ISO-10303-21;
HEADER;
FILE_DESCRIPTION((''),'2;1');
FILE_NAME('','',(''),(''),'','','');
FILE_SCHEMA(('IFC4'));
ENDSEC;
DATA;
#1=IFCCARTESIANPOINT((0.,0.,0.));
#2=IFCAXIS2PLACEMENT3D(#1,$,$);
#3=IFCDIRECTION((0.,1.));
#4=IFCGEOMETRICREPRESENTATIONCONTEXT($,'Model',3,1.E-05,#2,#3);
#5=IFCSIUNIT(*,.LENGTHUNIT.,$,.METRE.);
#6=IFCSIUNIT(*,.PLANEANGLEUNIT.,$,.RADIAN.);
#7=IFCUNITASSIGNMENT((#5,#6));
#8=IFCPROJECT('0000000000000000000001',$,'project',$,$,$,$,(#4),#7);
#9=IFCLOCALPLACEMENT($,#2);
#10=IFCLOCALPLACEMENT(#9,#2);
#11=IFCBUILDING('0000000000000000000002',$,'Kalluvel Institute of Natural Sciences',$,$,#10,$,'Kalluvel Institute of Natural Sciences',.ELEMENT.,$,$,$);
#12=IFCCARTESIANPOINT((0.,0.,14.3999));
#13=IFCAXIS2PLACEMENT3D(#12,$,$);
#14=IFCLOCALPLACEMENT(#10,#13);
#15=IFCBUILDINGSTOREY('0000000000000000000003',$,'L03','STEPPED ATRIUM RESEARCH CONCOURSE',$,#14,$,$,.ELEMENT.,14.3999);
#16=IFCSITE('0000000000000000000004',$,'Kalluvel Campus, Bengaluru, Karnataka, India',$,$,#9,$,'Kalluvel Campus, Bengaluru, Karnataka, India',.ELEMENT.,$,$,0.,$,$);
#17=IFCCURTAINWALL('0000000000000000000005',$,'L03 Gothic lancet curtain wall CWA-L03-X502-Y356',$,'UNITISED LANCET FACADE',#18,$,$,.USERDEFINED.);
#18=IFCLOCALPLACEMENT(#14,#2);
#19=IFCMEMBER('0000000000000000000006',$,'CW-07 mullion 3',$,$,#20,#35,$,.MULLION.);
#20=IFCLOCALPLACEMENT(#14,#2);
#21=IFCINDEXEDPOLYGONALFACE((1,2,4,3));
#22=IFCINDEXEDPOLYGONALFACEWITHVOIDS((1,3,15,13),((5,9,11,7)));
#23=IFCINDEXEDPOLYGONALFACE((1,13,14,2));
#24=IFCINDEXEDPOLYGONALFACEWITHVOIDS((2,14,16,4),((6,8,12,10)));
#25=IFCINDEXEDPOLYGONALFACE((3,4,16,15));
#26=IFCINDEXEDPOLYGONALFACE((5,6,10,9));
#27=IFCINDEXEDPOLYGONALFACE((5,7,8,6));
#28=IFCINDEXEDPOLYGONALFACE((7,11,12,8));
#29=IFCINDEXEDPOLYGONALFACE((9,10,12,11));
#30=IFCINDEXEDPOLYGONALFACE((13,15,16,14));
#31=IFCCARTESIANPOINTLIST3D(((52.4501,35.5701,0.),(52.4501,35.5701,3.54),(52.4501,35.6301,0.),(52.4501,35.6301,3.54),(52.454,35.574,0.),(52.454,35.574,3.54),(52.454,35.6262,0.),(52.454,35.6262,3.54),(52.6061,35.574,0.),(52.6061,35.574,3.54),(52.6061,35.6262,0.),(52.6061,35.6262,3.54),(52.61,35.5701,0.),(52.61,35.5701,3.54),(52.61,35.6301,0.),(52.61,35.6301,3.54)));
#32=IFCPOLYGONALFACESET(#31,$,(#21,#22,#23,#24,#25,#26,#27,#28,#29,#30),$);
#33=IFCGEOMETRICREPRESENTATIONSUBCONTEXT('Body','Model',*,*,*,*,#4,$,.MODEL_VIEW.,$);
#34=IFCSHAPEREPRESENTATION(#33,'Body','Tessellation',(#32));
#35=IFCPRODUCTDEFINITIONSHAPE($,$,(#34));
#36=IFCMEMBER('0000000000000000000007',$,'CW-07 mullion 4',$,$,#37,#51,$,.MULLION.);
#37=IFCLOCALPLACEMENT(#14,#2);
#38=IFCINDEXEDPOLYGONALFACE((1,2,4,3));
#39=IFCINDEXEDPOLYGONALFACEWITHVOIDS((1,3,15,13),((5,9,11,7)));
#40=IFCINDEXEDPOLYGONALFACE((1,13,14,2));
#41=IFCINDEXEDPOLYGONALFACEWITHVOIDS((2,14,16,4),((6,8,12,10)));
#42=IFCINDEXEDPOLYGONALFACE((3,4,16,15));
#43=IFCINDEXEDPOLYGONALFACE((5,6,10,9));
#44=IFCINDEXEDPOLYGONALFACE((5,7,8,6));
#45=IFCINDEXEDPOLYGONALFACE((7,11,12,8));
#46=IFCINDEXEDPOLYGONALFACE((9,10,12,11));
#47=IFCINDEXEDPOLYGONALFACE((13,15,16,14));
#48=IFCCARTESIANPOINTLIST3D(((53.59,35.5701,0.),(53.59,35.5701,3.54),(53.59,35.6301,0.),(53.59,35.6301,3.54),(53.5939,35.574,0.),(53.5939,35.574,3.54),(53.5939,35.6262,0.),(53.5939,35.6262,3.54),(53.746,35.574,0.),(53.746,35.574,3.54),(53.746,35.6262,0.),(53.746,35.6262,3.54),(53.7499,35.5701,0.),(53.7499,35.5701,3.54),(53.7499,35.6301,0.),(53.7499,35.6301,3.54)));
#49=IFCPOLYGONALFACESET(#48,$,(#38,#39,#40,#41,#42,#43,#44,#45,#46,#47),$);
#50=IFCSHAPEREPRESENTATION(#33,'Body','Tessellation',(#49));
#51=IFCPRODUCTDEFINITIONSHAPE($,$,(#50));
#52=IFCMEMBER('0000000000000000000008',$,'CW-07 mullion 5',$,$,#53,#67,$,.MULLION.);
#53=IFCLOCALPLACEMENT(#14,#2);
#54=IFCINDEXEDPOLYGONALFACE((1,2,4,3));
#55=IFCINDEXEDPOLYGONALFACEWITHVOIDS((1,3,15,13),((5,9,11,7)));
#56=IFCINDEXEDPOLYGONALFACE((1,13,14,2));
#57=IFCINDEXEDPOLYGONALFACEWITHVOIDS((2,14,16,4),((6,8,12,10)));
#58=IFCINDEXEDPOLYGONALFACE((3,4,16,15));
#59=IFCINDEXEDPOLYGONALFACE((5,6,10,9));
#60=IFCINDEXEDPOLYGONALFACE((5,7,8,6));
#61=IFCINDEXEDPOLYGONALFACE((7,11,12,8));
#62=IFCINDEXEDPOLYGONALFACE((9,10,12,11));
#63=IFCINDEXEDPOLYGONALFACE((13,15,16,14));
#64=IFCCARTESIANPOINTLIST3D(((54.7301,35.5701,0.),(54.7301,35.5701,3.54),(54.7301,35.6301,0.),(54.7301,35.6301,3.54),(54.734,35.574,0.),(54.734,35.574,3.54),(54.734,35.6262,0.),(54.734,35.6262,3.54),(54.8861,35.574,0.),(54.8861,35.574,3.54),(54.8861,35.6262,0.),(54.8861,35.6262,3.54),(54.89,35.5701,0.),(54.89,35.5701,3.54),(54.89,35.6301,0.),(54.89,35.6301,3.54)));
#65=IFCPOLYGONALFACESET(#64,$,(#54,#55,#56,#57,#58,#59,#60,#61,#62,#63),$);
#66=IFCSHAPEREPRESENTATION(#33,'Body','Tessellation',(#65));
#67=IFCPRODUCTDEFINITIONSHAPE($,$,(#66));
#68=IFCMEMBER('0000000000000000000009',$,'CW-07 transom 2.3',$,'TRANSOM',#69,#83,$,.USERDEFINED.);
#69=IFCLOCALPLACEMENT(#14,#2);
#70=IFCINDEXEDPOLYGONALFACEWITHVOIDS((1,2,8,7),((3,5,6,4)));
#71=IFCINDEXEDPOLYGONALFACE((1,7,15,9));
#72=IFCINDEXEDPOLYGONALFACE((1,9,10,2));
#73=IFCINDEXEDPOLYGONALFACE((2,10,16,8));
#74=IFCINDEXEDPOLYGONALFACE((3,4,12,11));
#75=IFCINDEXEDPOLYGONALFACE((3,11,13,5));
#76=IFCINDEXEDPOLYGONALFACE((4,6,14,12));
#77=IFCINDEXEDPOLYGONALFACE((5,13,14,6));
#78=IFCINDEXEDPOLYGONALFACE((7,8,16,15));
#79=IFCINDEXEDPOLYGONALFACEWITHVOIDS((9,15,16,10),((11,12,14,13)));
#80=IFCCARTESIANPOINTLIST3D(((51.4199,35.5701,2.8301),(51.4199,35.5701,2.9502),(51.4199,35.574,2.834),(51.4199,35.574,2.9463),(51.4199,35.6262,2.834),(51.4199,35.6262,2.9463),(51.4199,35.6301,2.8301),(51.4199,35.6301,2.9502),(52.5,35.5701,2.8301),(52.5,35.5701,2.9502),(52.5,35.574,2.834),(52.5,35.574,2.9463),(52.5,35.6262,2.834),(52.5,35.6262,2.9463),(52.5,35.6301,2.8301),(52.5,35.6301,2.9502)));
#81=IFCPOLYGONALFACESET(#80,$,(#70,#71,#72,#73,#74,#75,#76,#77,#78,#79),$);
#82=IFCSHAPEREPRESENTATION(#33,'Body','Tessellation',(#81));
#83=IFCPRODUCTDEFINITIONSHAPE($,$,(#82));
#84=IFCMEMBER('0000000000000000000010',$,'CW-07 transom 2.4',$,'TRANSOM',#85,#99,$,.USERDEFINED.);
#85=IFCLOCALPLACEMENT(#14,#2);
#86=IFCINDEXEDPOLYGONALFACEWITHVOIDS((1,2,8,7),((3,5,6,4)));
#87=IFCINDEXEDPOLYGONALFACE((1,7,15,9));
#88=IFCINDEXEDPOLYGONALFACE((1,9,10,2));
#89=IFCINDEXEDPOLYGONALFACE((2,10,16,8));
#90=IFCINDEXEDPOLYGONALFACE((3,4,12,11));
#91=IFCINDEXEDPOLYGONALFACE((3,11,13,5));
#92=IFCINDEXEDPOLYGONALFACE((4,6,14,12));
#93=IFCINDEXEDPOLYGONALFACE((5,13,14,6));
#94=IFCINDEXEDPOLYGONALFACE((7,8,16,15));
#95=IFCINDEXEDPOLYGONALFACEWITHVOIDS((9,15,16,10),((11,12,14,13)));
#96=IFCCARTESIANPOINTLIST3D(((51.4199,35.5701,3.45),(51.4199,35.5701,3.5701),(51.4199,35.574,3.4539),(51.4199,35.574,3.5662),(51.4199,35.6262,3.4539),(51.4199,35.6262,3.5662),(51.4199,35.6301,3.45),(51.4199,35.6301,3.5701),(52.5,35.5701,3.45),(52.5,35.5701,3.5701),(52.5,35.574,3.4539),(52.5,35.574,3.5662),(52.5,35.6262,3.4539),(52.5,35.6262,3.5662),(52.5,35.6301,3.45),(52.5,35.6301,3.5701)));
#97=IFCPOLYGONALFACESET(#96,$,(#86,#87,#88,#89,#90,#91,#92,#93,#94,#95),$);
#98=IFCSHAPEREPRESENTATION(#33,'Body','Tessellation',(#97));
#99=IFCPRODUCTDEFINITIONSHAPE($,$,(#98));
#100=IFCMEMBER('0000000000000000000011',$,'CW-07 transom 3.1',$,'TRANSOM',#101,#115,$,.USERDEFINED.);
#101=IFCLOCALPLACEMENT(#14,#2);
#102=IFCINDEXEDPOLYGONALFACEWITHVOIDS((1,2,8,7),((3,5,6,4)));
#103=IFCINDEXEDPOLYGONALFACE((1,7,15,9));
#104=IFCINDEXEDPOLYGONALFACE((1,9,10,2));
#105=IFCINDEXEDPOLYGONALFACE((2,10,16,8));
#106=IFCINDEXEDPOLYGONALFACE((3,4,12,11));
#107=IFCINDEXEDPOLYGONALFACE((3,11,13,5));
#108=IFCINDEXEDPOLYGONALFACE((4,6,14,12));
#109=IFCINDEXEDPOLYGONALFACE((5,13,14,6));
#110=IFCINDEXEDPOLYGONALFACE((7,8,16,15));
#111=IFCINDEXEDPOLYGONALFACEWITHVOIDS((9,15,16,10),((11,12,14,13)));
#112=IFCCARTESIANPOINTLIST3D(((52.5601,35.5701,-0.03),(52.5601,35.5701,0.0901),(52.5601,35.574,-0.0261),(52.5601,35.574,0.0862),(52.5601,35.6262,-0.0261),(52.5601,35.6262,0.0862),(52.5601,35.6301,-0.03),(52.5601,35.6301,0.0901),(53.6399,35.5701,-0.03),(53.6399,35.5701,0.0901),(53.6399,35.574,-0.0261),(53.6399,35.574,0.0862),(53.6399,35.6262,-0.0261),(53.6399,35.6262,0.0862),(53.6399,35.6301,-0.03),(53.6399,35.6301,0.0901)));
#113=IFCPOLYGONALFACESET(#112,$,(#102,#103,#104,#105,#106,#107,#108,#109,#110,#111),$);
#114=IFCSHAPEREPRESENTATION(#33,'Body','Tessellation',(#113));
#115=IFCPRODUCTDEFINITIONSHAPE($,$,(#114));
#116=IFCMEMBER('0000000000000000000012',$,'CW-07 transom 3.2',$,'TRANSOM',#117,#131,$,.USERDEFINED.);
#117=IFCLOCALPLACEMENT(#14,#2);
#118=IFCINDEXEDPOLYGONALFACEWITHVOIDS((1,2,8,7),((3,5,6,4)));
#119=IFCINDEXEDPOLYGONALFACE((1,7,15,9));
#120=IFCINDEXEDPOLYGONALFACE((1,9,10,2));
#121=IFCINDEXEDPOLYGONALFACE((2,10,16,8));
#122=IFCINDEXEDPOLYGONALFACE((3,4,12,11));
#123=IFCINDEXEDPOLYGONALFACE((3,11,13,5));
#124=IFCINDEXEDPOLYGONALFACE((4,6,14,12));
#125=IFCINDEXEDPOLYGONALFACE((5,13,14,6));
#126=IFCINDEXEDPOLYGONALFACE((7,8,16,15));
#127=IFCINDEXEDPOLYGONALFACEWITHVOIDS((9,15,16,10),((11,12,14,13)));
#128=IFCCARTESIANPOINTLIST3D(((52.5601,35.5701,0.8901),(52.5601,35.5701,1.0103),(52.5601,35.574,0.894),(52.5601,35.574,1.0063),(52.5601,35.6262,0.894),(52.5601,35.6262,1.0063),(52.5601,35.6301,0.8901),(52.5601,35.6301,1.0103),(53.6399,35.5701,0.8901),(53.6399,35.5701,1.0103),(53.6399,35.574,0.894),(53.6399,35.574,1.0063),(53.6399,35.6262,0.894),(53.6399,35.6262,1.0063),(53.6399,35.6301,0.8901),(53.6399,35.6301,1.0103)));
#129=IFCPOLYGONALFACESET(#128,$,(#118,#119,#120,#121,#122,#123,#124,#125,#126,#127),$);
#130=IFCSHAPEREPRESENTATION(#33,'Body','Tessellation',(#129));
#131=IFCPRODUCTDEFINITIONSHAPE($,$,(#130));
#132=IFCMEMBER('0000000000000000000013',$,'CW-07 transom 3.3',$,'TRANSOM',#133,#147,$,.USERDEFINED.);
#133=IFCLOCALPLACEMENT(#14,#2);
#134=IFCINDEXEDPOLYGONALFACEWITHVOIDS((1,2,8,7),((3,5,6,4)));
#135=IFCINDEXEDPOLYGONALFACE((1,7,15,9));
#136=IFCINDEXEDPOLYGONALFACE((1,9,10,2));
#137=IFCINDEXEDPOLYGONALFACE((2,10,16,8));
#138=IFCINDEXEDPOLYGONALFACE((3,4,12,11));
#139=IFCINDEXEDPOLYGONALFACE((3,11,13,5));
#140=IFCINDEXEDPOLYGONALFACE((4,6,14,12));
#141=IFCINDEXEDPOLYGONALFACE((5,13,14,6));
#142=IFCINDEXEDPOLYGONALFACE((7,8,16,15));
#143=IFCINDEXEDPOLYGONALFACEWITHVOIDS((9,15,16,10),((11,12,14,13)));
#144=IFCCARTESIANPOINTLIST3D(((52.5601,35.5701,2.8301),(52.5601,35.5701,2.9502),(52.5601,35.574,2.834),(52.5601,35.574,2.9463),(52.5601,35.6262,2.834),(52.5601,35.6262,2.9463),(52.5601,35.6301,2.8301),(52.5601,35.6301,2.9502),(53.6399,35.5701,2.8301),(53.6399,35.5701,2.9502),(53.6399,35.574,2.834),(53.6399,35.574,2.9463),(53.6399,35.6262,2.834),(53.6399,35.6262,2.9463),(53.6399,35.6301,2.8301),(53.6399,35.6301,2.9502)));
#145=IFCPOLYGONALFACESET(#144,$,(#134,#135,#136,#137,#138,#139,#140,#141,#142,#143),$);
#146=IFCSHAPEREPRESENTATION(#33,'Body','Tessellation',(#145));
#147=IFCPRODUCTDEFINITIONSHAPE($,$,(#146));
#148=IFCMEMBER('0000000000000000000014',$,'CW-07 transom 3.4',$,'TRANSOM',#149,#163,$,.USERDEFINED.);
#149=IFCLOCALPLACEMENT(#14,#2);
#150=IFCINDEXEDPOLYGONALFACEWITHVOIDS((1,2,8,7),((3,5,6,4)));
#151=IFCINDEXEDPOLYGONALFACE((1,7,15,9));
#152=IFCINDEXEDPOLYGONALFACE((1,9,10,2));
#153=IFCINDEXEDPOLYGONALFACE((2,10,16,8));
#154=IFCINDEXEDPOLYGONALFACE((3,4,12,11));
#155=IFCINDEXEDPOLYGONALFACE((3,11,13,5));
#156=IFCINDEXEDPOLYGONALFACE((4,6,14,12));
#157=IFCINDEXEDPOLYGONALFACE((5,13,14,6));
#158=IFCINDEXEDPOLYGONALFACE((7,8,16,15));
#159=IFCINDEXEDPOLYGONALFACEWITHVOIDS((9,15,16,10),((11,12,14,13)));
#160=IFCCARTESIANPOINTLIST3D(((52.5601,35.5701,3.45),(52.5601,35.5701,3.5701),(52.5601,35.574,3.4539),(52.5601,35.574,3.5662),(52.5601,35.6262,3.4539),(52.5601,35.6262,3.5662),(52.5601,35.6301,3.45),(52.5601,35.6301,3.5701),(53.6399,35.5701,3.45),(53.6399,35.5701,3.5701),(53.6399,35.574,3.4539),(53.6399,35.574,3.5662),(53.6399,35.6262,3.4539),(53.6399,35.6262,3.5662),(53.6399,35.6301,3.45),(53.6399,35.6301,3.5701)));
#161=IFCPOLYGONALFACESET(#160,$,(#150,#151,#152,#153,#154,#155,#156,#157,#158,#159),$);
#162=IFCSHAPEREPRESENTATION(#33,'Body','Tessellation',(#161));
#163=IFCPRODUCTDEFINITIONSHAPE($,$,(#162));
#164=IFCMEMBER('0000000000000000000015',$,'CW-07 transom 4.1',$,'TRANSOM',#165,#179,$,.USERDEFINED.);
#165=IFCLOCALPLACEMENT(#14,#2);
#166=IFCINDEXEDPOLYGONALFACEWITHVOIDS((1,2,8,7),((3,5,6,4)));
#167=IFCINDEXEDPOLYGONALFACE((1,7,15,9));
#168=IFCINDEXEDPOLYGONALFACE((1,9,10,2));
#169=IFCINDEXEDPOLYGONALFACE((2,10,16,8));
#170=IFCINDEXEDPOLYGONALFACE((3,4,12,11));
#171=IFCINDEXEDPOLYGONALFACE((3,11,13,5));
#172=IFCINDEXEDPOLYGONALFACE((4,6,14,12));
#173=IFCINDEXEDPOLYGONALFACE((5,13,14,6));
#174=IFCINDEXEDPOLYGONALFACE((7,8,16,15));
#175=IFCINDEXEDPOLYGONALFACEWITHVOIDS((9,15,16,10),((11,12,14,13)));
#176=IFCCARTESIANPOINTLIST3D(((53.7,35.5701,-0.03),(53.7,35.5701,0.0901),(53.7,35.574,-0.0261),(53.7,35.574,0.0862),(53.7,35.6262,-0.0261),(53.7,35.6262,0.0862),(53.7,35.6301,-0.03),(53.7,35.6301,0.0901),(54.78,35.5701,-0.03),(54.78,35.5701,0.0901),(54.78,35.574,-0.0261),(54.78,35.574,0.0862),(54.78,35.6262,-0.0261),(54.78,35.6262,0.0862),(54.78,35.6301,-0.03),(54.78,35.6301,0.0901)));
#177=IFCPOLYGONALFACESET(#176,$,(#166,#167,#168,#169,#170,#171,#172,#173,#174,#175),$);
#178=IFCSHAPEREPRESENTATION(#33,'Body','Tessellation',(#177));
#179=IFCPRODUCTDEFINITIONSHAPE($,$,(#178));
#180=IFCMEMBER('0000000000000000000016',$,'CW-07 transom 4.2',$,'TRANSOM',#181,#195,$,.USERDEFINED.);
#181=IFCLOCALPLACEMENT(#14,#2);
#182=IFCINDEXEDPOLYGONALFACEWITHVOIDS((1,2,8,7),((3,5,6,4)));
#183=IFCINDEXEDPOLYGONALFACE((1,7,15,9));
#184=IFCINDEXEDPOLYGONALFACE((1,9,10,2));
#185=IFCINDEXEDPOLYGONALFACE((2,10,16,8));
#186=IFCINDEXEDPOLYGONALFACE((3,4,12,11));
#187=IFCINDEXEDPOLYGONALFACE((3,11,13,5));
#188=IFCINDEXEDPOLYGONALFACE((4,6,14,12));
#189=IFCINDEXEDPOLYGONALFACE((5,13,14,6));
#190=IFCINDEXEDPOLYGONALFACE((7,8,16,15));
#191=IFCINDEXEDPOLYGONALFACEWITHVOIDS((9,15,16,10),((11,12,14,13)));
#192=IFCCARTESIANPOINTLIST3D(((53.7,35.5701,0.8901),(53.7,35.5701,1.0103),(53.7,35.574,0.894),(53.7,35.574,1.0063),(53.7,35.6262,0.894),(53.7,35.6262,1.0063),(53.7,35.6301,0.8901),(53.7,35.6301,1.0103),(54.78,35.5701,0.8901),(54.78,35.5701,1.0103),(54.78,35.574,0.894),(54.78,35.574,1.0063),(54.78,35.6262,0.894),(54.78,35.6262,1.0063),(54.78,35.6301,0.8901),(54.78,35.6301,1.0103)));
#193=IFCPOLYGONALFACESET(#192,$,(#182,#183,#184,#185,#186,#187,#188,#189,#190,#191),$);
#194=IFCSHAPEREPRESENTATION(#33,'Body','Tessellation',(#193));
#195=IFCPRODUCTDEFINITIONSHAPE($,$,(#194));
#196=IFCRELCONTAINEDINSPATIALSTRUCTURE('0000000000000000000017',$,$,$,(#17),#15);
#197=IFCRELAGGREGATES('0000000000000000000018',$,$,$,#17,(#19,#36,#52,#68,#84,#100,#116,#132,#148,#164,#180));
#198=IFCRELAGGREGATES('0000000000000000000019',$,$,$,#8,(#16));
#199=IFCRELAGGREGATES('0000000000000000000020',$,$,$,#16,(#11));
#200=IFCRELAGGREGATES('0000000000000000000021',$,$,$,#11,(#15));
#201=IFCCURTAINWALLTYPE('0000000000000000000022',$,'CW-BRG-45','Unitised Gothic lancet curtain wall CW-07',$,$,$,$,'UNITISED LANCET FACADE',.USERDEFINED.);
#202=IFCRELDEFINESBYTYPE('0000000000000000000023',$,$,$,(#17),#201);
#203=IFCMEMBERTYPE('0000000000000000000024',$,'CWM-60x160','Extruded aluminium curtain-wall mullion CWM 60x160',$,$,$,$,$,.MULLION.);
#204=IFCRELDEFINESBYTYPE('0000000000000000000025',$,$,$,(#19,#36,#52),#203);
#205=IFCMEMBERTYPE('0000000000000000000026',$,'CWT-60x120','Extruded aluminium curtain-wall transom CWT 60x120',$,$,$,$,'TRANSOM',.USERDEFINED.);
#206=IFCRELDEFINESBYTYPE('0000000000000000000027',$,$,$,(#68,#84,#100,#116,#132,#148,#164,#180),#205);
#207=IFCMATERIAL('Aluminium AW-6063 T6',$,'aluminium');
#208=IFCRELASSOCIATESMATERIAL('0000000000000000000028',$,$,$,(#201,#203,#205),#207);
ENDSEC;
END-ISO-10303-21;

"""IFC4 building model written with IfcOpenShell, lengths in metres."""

from ifc_helpers import new_model, si_unit, direction, frame, origin, origin_2d, place, context, subcontext, project, spatial, hollow_rectangle, extrude, material, material_profile, profile_set, type_object, element, aggregate, save


model = new_model("IFC4")

# Units and contexts
model_context = context("Model", 3, precision=1e-05, world=origin(), true_north=direction((0.0, 1.0)))
body_context = subcontext(model_context, "Body", "Model", "MODEL_VIEW")
ifc_project = project(units=[si_unit("LENGTHUNIT", "METRE"), si_unit("PLANEANGLEUNIT", "RADIAN")], contexts=[model_context])

# Site, building, storey
site_placement = place(None, origin())
site = spatial("IfcSite", under=ifc_project, at=site_placement, Name="Kalluvel Campus, Bengaluru, Karnataka, India", LongName="Kalluvel Campus, Bengaluru, Karnataka, India", CompositionType="ELEMENT", RefElevation=0.0)
building_placement = place(site_placement, origin())
building = spatial("IfcBuilding", under=site, at=building_placement, Name="Kalluvel Institute of Natural Sciences", LongName="Kalluvel Institute of Natural Sciences", CompositionType="ELEMENT")
storey_placement = place(building_placement, frame((0.0, 0.0, 14.3999)))
storey = spatial("IfcBuildingStorey", under=building, at=storey_placement, Name="L03", Description="STEPPED ATRIUM RESEARCH CONCOURSE", CompositionType="ELEMENT", Elevation=14.3999)

# Curtain wall, members
ifc_material_1 = material(Name="Aluminium AW-6063 T6", Category="aluminium")
curtain_wall_type = type_object("IfcCurtainWallType", Name="CW-BRG-45", Description="Unitised Gothic lancet curtain wall CW-07", ElementType="UNITISED LANCET FACADE", PredefinedType="USERDEFINED", material=ifc_material_1)
curtain_wall_placement = place(storey_placement, origin())
curtain_wall = element("IfcCurtainWall", 1, at=curtain_wall_placement, inside=storey, type_object=curtain_wall_type, Name="L03 Gothic lancet curtain wall CWA-L03-X502-Y356", ObjectType="UNITISED LANCET FACADE", PredefinedType="USERDEFINED")
ifc_material_profile_1 = material_profile(ifc_material_1, hollow_rectangle(XDim=0.0601, YDim=0.1599, WallThickness=0.0039, at=origin_2d()), Name="CWM 60x160")
ifc_profile_set_1 = profile_set([ifc_material_profile_1], Name="Aluminium AW-6063 T6")
member_type_1 = type_object("IfcMemberType", Name="CWM-60x160", Description="Extruded aluminium curtain-wall mullion CWM 60x160", PredefinedType="MULLION", material=ifc_profile_set_1)
member_1_placement = place(storey_placement, frame((52.53, 35.6001, 0.0), z_axis=(0.0, 0.0, 1.0), x_axis=(0.0, 1.0, 0.0)))
member_1 = element("IfcMember", 2, at=member_1_placement, type_object=member_type_1, Name="CW-07 mullion 3", PredefinedType="MULLION", context=body_context, shape_type="SweptSolid", body=[
    extrude(hollow_rectangle(XDim=0.0601, YDim=0.1599, WallThickness=0.0039, at=origin_2d()), origin(), (0.0, 0.0, 1.0), 3.54),
])
member_2_placement = place(storey_placement, frame((53.6699, 35.6001, 0.0), z_axis=(0.0, 0.0, 1.0), x_axis=(0.0, 1.0, 0.0)))
member_2 = element("IfcMember", 3, at=member_2_placement, type_object=member_type_1, Name="CW-07 mullion 4", PredefinedType="MULLION", context=body_context, shape_type="SweptSolid", body=[
    extrude(hollow_rectangle(XDim=0.0601, YDim=0.1599, WallThickness=0.0039, at=origin_2d()), origin(), (0.0, 0.0, 1.0), 3.54),
])
member_3_placement = place(storey_placement, frame((54.8101, 35.6001, 0.0), z_axis=(0.0, 0.0, 1.0), x_axis=(0.0, 1.0, 0.0)))
member_3 = element("IfcMember", 4, at=member_3_placement, type_object=member_type_1, Name="CW-07 mullion 5", PredefinedType="MULLION", context=body_context, shape_type="SweptSolid", body=[
    extrude(hollow_rectangle(XDim=0.0601, YDim=0.1599, WallThickness=0.0039, at=origin_2d()), origin(), (0.0, 0.0, 1.0), 3.54),
])
ifc_material_profile_2 = material_profile(ifc_material_1, hollow_rectangle(XDim=0.0601, YDim=0.1201, WallThickness=0.0039, at=origin_2d()), Name="CWT 60x120")
ifc_profile_set_2 = profile_set([ifc_material_profile_2], Name="Aluminium AW-6063 T6")
member_type_2 = type_object("IfcMemberType", Name="CWT-60x120", Description="Extruded aluminium curtain-wall transom CWT 60x120", ElementType="TRANSOM", PredefinedType="USERDEFINED", material=ifc_profile_set_2)
member_4_placement = place(storey_placement, frame((51.4199, 35.6001, 2.8901), z_axis=(1.0, 0.0, 0.0), x_axis=(0.0, 1.0, 0.0)))
member_4 = element("IfcMember", 5, at=member_4_placement, type_object=member_type_2, Name="CW-07 transom 2.3", ObjectType="TRANSOM", PredefinedType="USERDEFINED", context=body_context, shape_type="SweptSolid", body=[
    extrude(hollow_rectangle(XDim=0.0601, YDim=0.1201, WallThickness=0.0039, at=origin_2d()), origin(), (0.0, 0.0, 1.0), 1.0801),
])
member_5_placement = place(storey_placement, frame((51.4199, 35.6001, 3.51), z_axis=(1.0, 0.0, 0.0), x_axis=(0.0, 1.0, 0.0)))
member_5 = element("IfcMember", 6, at=member_5_placement, type_object=member_type_2, Name="CW-07 transom 2.4", ObjectType="TRANSOM", PredefinedType="USERDEFINED", context=body_context, shape_type="SweptSolid", body=[
    extrude(hollow_rectangle(XDim=0.0601, YDim=0.1201, WallThickness=0.0039, at=origin_2d()), origin(), (0.0, 0.0, 1.0), 1.0801),
])
member_6_placement = place(storey_placement, frame((52.5601, 35.6001, 0.03), z_axis=(1.0, 0.0, 0.0), x_axis=(0.0, 1.0, 0.0)))
member_6 = element("IfcMember", 7, at=member_6_placement, type_object=member_type_2, Name="CW-07 transom 3.1", ObjectType="TRANSOM", PredefinedType="USERDEFINED", context=body_context, shape_type="SweptSolid", body=[
    extrude(hollow_rectangle(XDim=0.0601, YDim=0.1201, WallThickness=0.0039, at=origin_2d()), origin(), (0.0, 0.0, 1.0), 1.0798),
])
member_7_placement = place(storey_placement, frame((52.5601, 35.6001, 0.9502), z_axis=(1.0, 0.0, 0.0), x_axis=(0.0, 1.0, 0.0)))
member_7 = element("IfcMember", 8, at=member_7_placement, type_object=member_type_2, Name="CW-07 transom 3.2", ObjectType="TRANSOM", PredefinedType="USERDEFINED", context=body_context, shape_type="SweptSolid", body=[
    extrude(hollow_rectangle(XDim=0.0601, YDim=0.1201, WallThickness=0.0039, at=origin_2d()), origin(), (0.0, 0.0, 1.0), 1.0798),
])
member_8_placement = place(storey_placement, frame((52.5601, 35.6001, 2.8901), z_axis=(1.0, 0.0, 0.0), x_axis=(0.0, 1.0, 0.0)))
member_8 = element("IfcMember", 9, at=member_8_placement, type_object=member_type_2, Name="CW-07 transom 3.3", ObjectType="TRANSOM", PredefinedType="USERDEFINED", context=body_context, shape_type="SweptSolid", body=[
    extrude(hollow_rectangle(XDim=0.0601, YDim=0.1201, WallThickness=0.0039, at=origin_2d()), origin(), (0.0, 0.0, 1.0), 1.0798),
])
member_9_placement = place(storey_placement, frame((52.5601, 35.6001, 3.51), z_axis=(1.0, 0.0, 0.0), x_axis=(0.0, 1.0, 0.0)))
member_9 = element("IfcMember", 10, at=member_9_placement, type_object=member_type_2, Name="CW-07 transom 3.4", ObjectType="TRANSOM", PredefinedType="USERDEFINED", context=body_context, shape_type="SweptSolid", body=[
    extrude(hollow_rectangle(XDim=0.0601, YDim=0.1201, WallThickness=0.0039, at=origin_2d()), origin(), (0.0, 0.0, 1.0), 1.0798),
])
member_10_placement = place(storey_placement, frame((53.7, 35.6001, 0.03), z_axis=(1.0, 0.0, 0.0), x_axis=(0.0, 1.0, 0.0)))
member_10 = element("IfcMember", 11, at=member_10_placement, type_object=member_type_2, Name="CW-07 transom 4.1", ObjectType="TRANSOM", PredefinedType="USERDEFINED", context=body_context, shape_type="SweptSolid", body=[
    extrude(hollow_rectangle(XDim=0.0601, YDim=0.1201, WallThickness=0.0039, at=origin_2d()), origin(), (0.0, 0.0, 1.0), 1.0801),
])
member_11_placement = place(storey_placement, frame((53.7, 35.6001, 0.9502), z_axis=(1.0, 0.0, 0.0), x_axis=(0.0, 1.0, 0.0)))
member_11 = element("IfcMember", 12, at=member_11_placement, type_object=member_type_2, Name="CW-07 transom 4.2", ObjectType="TRANSOM", PredefinedType="USERDEFINED", context=body_context, shape_type="SweptSolid", body=[
    extrude(hollow_rectangle(XDim=0.0601, YDim=0.1201, WallThickness=0.0039, at=origin_2d()), origin(), (0.0, 0.0, 1.0), 1.0801),
])

aggregate(curtain_wall, [member_1, member_2, member_3, member_4, member_5, member_6, member_7, member_8, member_9, member_10, member_11])

save(model, "model.ifc")
